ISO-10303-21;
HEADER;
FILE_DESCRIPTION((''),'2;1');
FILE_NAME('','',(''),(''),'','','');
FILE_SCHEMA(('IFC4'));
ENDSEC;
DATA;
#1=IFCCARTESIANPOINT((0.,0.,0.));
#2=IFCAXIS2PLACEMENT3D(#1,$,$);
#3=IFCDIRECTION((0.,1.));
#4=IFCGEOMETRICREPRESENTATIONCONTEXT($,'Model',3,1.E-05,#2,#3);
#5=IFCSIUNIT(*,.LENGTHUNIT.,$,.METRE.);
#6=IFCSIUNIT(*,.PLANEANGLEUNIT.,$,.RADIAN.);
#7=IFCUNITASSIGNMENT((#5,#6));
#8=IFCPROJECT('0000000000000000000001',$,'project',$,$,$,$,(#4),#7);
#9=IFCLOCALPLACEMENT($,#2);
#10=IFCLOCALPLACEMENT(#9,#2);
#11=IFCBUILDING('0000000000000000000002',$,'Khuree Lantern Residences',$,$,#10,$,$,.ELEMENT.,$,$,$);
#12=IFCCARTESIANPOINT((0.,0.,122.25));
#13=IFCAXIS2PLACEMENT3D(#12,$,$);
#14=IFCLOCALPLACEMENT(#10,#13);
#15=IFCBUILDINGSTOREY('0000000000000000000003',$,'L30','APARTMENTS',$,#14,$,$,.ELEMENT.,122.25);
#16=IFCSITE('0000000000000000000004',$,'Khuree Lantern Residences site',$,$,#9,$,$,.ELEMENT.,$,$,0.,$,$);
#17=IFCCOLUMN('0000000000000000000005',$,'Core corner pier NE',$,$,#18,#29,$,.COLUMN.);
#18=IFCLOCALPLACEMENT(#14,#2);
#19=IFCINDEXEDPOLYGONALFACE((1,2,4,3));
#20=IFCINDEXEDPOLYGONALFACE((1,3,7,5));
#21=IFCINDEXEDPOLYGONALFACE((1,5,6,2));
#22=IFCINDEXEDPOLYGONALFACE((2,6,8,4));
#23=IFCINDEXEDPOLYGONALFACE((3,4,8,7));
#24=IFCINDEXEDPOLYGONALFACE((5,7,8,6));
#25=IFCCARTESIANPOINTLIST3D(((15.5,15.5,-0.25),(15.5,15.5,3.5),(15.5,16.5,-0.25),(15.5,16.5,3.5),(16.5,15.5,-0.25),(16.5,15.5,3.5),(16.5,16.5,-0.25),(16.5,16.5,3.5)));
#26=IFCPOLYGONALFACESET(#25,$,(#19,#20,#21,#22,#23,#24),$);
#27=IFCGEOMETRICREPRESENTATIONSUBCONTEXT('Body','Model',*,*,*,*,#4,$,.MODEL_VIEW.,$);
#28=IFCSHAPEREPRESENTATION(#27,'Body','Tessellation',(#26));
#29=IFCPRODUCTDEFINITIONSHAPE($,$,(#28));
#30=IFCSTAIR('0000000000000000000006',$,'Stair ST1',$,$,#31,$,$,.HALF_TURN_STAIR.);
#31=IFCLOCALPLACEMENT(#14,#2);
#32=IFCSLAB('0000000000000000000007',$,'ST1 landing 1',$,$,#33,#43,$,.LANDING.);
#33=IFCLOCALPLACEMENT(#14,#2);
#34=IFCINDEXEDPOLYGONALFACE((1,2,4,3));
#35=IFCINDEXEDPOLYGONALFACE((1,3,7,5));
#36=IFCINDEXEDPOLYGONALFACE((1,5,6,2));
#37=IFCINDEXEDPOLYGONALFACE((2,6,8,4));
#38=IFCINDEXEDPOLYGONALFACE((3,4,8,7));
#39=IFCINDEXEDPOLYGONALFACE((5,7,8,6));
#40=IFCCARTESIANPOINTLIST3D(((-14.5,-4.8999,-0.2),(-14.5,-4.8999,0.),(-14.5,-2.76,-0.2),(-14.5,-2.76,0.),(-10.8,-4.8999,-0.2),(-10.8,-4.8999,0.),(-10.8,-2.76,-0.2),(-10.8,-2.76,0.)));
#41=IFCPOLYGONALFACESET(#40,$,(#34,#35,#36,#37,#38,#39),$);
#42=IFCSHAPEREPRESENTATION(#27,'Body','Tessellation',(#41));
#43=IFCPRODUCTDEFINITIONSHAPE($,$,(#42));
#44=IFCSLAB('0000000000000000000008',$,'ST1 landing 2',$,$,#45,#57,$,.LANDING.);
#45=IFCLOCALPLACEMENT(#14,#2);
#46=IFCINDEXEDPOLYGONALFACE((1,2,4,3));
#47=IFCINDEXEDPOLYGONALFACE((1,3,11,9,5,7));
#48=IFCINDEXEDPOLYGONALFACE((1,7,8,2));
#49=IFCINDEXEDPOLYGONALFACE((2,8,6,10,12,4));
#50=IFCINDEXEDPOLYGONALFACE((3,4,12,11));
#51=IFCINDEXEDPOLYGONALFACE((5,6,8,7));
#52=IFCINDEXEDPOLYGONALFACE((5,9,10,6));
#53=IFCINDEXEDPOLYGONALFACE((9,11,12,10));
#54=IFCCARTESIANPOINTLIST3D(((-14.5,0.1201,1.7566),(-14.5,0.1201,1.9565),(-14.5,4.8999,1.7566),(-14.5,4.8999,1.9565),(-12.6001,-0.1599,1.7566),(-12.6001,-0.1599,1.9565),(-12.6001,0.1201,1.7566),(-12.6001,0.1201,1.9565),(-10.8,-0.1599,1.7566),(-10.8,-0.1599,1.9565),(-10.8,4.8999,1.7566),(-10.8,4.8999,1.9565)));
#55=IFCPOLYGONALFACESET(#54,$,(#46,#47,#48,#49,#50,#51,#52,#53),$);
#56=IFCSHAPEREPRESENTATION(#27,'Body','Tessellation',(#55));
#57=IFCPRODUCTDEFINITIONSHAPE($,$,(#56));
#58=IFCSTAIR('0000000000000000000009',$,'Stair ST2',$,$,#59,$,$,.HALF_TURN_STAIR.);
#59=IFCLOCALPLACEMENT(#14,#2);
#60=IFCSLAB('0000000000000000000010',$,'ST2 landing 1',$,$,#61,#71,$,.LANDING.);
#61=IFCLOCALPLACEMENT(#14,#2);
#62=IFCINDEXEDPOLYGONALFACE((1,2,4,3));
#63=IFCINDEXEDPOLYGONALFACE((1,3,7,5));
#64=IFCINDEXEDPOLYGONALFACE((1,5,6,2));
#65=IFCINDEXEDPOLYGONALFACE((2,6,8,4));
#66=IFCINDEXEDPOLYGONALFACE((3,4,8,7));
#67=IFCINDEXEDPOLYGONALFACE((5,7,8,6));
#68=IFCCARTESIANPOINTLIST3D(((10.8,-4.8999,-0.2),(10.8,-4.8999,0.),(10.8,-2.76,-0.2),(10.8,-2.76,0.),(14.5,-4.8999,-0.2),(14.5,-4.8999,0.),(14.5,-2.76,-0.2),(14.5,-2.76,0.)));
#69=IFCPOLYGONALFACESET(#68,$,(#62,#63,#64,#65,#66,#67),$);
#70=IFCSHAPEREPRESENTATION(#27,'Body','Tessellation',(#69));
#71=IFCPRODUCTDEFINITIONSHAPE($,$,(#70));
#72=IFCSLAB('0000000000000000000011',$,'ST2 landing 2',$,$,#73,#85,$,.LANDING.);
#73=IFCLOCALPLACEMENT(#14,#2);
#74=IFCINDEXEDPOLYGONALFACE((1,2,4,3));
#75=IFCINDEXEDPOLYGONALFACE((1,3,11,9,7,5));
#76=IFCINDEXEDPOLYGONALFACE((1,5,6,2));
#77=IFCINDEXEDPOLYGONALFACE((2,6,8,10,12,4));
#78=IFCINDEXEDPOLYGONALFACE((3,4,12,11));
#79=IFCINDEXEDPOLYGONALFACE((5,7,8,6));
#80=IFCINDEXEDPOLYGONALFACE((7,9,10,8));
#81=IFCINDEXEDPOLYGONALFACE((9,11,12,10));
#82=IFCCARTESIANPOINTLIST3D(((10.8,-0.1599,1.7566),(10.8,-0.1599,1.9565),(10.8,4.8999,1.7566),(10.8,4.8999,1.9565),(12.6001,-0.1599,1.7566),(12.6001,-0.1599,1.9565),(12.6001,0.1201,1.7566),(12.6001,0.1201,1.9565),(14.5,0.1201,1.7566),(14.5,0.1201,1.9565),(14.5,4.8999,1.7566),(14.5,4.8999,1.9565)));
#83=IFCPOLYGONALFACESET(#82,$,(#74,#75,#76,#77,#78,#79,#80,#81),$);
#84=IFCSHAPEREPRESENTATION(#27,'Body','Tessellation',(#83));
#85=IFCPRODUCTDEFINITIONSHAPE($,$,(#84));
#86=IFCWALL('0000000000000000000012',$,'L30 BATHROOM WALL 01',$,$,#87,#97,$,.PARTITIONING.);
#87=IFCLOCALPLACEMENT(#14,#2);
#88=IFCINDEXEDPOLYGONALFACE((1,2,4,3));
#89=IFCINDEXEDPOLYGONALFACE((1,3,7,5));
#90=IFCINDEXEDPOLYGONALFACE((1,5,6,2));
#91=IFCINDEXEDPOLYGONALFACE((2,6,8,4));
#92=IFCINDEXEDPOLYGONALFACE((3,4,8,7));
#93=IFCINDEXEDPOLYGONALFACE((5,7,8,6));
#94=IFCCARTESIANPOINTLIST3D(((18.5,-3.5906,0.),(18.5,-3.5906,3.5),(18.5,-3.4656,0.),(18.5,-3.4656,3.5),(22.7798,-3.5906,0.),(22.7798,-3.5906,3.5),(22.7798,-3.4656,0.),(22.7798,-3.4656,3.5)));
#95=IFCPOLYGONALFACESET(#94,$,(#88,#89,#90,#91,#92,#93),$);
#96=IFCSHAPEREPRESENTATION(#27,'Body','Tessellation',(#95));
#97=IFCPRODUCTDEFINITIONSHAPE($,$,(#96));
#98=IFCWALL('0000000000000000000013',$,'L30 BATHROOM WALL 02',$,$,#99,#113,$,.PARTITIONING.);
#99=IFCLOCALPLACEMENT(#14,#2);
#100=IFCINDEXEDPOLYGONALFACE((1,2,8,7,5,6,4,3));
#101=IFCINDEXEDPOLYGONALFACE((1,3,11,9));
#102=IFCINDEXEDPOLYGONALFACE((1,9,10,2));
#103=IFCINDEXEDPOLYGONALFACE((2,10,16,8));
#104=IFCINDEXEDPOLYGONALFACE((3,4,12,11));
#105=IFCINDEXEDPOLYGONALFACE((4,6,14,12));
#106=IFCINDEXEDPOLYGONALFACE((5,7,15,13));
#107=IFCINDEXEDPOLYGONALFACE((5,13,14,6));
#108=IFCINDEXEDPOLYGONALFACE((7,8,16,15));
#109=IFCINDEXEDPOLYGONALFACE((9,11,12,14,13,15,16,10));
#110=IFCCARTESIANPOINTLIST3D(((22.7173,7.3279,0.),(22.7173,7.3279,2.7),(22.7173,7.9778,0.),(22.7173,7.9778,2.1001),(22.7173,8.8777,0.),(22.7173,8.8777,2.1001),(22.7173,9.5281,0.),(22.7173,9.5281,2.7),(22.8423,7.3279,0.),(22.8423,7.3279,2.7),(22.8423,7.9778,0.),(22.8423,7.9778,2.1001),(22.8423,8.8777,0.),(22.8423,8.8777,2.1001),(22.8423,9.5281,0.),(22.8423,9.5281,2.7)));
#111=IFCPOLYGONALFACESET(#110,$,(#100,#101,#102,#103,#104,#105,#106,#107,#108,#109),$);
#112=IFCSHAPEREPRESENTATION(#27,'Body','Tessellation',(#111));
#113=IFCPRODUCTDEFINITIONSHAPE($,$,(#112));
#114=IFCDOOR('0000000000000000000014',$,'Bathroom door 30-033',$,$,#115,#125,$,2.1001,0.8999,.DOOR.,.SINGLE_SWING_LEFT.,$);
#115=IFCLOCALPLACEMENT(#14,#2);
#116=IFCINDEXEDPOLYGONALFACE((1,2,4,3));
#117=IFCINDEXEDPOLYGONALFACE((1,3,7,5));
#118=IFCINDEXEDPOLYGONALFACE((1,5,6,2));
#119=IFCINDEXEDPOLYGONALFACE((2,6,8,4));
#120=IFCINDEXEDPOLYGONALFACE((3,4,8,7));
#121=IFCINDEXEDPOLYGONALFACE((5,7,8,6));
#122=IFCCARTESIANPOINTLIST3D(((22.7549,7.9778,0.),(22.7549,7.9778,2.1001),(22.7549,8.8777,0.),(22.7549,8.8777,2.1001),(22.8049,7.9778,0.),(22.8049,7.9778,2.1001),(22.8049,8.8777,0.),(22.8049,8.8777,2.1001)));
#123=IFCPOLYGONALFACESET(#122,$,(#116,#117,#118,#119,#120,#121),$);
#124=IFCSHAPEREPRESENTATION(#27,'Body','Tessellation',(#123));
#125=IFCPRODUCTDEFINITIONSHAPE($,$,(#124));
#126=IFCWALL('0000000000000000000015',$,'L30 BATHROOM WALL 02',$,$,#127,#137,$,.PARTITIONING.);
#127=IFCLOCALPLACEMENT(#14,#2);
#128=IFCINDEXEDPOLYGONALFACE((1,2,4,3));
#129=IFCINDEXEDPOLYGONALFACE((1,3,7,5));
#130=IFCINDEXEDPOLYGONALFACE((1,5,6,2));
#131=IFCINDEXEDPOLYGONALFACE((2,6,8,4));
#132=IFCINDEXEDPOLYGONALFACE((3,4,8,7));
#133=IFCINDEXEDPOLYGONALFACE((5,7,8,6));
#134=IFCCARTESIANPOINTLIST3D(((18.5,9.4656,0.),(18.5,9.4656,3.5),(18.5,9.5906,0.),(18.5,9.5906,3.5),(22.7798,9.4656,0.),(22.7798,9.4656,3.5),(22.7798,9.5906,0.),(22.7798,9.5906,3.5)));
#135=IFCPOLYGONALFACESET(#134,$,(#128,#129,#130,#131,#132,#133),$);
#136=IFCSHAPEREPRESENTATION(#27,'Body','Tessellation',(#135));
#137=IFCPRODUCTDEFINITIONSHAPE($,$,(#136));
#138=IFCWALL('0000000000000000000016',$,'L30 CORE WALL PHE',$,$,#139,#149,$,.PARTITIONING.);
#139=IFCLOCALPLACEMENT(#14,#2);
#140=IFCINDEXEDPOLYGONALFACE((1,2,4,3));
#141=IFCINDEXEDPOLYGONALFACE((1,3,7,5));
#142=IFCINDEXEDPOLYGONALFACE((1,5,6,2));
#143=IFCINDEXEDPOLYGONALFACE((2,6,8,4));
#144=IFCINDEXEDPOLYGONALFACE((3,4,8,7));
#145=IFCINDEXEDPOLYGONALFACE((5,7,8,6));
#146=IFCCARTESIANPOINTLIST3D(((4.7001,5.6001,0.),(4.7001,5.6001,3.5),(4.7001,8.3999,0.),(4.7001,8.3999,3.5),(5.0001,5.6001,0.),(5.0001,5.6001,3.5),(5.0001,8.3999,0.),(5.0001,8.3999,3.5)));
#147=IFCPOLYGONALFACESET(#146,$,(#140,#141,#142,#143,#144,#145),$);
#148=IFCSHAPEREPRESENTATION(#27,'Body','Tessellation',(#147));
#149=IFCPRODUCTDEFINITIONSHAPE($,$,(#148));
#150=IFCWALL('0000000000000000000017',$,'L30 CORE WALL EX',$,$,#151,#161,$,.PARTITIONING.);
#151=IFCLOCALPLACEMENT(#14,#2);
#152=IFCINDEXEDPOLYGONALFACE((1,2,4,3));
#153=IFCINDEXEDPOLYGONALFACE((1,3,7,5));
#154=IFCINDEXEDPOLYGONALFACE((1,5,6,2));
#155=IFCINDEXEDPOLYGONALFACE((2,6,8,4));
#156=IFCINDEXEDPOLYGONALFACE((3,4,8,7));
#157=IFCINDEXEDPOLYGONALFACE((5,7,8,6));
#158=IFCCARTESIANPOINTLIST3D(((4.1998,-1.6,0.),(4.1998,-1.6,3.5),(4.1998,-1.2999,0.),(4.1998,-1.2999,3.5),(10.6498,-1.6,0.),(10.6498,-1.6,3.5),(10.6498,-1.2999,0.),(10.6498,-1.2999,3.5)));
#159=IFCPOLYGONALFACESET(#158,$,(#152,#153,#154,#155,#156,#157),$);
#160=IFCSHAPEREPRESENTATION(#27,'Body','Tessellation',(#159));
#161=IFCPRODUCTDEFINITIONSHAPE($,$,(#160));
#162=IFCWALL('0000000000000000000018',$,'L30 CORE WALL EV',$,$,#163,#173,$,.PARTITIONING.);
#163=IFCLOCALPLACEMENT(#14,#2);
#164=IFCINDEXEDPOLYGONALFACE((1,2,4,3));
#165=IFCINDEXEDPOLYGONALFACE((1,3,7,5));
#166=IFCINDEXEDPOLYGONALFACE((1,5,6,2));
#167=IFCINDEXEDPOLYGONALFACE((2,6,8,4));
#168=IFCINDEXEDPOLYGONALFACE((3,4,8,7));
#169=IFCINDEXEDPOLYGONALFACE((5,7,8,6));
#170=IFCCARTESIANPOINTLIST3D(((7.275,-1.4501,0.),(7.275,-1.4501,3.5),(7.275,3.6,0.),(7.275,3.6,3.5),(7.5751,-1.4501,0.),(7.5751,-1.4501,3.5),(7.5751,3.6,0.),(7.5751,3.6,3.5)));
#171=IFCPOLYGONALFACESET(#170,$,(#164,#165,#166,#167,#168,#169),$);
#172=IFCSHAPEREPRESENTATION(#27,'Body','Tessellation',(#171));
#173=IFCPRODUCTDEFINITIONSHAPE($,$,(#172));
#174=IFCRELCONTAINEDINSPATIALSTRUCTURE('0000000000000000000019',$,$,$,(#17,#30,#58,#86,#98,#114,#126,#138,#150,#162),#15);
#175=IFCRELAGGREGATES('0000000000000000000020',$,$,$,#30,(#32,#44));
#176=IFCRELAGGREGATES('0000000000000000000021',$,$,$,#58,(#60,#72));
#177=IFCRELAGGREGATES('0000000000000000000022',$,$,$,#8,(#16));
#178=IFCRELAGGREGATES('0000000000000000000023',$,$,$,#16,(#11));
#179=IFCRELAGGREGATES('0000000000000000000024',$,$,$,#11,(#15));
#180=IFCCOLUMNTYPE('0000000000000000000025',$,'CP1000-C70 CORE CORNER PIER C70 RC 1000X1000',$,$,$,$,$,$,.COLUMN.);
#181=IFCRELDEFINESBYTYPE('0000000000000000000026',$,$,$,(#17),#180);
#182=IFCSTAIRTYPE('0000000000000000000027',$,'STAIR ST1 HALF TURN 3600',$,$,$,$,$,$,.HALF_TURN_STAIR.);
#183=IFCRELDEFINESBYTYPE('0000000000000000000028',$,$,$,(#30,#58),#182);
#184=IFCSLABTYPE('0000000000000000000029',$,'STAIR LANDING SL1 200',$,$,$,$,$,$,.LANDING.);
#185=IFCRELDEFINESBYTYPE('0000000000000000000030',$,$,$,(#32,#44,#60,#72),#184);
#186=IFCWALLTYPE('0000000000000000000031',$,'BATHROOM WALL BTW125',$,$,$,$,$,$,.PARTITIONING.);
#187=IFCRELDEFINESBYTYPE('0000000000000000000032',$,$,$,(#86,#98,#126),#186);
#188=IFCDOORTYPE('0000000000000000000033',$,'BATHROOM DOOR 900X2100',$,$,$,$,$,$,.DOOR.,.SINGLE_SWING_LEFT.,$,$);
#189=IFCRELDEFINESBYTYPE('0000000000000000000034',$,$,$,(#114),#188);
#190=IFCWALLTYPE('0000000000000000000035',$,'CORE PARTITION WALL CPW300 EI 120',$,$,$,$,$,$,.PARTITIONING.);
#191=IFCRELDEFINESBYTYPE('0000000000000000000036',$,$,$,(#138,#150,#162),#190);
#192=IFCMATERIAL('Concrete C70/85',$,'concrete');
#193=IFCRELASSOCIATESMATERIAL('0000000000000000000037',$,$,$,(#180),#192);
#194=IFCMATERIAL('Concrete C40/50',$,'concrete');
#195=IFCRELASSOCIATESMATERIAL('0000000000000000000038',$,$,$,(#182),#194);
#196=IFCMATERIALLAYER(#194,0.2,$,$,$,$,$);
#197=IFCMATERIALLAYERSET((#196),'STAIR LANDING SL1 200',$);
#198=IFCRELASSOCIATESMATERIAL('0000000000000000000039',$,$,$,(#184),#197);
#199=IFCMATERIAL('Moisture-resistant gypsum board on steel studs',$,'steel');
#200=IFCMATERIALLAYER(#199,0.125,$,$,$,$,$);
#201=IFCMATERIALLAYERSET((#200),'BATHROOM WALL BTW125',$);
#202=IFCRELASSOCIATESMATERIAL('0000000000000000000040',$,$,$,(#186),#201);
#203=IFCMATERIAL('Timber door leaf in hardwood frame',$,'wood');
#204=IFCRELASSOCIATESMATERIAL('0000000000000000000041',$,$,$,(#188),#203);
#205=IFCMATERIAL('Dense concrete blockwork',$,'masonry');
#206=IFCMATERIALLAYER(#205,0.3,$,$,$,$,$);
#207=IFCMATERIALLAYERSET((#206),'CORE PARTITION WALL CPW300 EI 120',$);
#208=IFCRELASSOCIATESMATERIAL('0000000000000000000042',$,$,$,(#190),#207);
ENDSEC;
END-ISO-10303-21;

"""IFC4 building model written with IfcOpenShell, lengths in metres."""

from ifc_helpers import new_model, si_unit, direction, frame, frame_2d, origin, origin_2d, place, context, subcontext, project, spatial, polyline, rectangle, outline, extrude, material, layer, layer_set, material_profile, profile_set, type_object, element, fill, aggregate, save


model = new_model("IFC4")

# Units and contexts
model_context = context("Model", 3, precision=1e-05, world=origin(), true_north=direction((0.0, 1.0)))
body_context = subcontext(model_context, "Body", "Model", "MODEL_VIEW")
ifc_project = project(units=[si_unit("LENGTHUNIT", "METRE"), si_unit("PLANEANGLEUNIT", "RADIAN")], contexts=[model_context])

# Site, building, storey
site_placement = place(None, origin())
site = spatial("IfcSite", under=ifc_project, at=site_placement, Name="Khuree Lantern Residences site", CompositionType="ELEMENT", RefElevation=0.0)
building_placement = place(site_placement, origin())
building = spatial("IfcBuilding", under=site, at=building_placement, Name="Khuree Lantern Residences", CompositionType="ELEMENT")
storey_placement = place(building_placement, frame((0.0, 0.0, 122.25)))
storey = spatial("IfcBuildingStorey", under=building, at=storey_placement, Name="L30", Description="APARTMENTS", CompositionType="ELEMENT", Elevation=122.25)

# Column
ifc_material_1 = material(Name="Concrete C70/85", Category="concrete")
ifc_material_profile = material_profile(ifc_material_1, rectangle(XDim=1.0, YDim=1.0, at=origin_2d()), Name="RC 1000X1000")
ifc_profile_set = profile_set([ifc_material_profile], Name="Concrete C70/85")
column_type = type_object("IfcColumnType", Name="CP1000-C70 CORE CORNER PIER C70 RC 1000X1000", PredefinedType="COLUMN", material=ifc_profile_set)
column_placement = place(storey_placement, frame((16.0, 16.0, -0.25), z_axis=(0.0, 0.0, 1.0), x_axis=(1.0, 0.0, 0.0)))
element("IfcColumn", 1, at=column_placement, inside=storey, type_object=column_type, Name="Core corner pier NE", PredefinedType="COLUMN", context=body_context, shape_type="SweptSolid", body=[
    extrude(rectangle(XDim=1.0, YDim=1.0, at=origin_2d()), origin(), (0.0, 0.0, 1.0), 3.75),
])

# Stairs, slabs
ifc_material_2 = material(Name="Concrete C40/50", Category="concrete")
stair_type = type_object("IfcStairType", Name="STAIR ST1 HALF TURN 3600", PredefinedType="HALF_TURN_STAIR", material=ifc_material_2)
stair_1_placement = place(storey_placement, origin())
stair_1 = element("IfcStair", 2, at=stair_1_placement, inside=storey, type_object=stair_type, Name="Stair ST1", PredefinedType="HALF_TURN_STAIR")
ifc_layer_1 = layer(ifc_material_2, 0.2)
ifc_layer_set_1 = layer_set([ifc_layer_1], Name="STAIR LANDING SL1 200")
slab_type = type_object("IfcSlabType", Name="STAIR LANDING SL1 200", PredefinedType="LANDING", material=ifc_layer_set_1)
slab_1_placement = place(storey_placement, frame((0.0, 0.0, -0.2)))
slab_1 = element("IfcSlab", 3, at=slab_1_placement, type_object=slab_type, Name="ST1 landing 1", PredefinedType="LANDING", context=body_context, shape_type="SweptSolid", body=[
    extrude(outline(polyline([(-14.5, -4.8999), (-10.8, -4.8999), (-10.8, -2.76), (-14.5, -2.76), (-14.5, -4.8999)])), origin(), (0.0, 0.0, 1.0), 0.2),
])
slab_2_placement = place(storey_placement, frame((0.0, 0.0, 1.7566)))
slab_2 = element("IfcSlab", 4, at=slab_2_placement, type_object=slab_type, Name="ST1 landing 2", PredefinedType="LANDING", context=body_context, shape_type="SweptSolid", body=[
    extrude(outline(polyline([(-14.5, 0.1201), (-14.5, 4.8999), (-10.8, 4.8999), (-10.8, -0.1599), (-12.6001, -0.1599), (-12.6001, 0.1201), (-14.5, 0.1201)])), origin(), (0.0, 0.0, 1.0), 0.2),
])
aggregate(stair_1, [slab_1, slab_2])
stair_2_placement = place(storey_placement, origin())
stair_2 = element("IfcStair", 5, at=stair_2_placement, inside=storey, type_object=stair_type, Name="Stair ST2", PredefinedType="HALF_TURN_STAIR")
slab_3_placement = place(storey_placement, frame((0.0, 0.0, -0.2)))
slab_3 = element("IfcSlab", 6, at=slab_3_placement, type_object=slab_type, Name="ST2 landing 1", PredefinedType="LANDING", context=body_context, shape_type="SweptSolid", body=[
    extrude(outline(polyline([(10.8, -4.8999), (14.5, -4.8999), (14.5, -2.76), (10.8, -2.76), (10.8, -4.8999)])), origin(), (0.0, 0.0, 1.0), 0.2),
])
slab_4_placement = place(storey_placement, frame((0.0, 0.0, 1.7566)))
slab_4 = element("IfcSlab", 7, at=slab_4_placement, type_object=slab_type, Name="ST2 landing 2", PredefinedType="LANDING", context=body_context, shape_type="SweptSolid", body=[
    extrude(outline(polyline([(14.5, 4.8999), (14.5, 0.1201), (12.6001, 0.1201), (12.6001, -0.1599), (10.8, -0.1599), (10.8, 4.8999), (14.5, 4.8999)])), origin(), (0.0, 0.0, 1.0), 0.2),
])

# Wall
ifc_material_3 = material(Name="Moisture-resistant gypsum board on steel studs", Category="steel")
ifc_layer_2 = layer(ifc_material_3, 0.125)
ifc_layer_set_2 = layer_set([ifc_layer_2], Name="BATHROOM WALL BTW125")
wall_type_1 = type_object("IfcWallType", Name="BATHROOM WALL BTW125", PredefinedType="PARTITIONING", material=ifc_layer_set_2)
wall_1_placement = place(storey_placement, frame((18.5, -3.5281, 0.0), z_axis=(0.0, 0.0, 1.0), x_axis=(1.0, 0.0, 0.0)))
element("IfcWall", 8, at=wall_1_placement, inside=storey, type_object=wall_type_1, Name="L30 BATHROOM WALL 01", PredefinedType="PARTITIONING", context=body_context, shape_type="SweptSolid", body=[
    extrude(rectangle(XDim=4.2798, YDim=0.125, at=frame_2d((2.1399, 0.0))), origin(), (0.0, 0.0, 1.0), 3.5),
])

# Wall, opening, door
wall_2_placement = place(storey_placement, frame((22.7798, 7.3279, 0.0), z_axis=(0.0, 0.0, 1.0), x_axis=(0.0, 1.0, 0.0)))
wall_2 = element("IfcWall", 9, at=wall_2_placement, inside=storey, type_object=wall_type_1, Name="L30 BATHROOM WALL 02", PredefinedType="PARTITIONING", context=body_context, shape_type="SweptSolid", body=[
    extrude(rectangle(XDim=2.2002, YDim=0.125, at=frame_2d((1.1001, 0.0))), origin(), (0.0, 0.0, 1.0), 2.7),
])
opening_1_placement = place(wall_2_placement, frame((0.6499, 0.0, 0.0)))
opening_1 = element("IfcOpeningElement", 10, at=opening_1_placement, cuts=wall_2, PredefinedType="OPENING", context=body_context, shape_type="SweptSolid", body=[
    extrude(rectangle(XDim=0.8999, YDim=2.1001, at=frame_2d((0.45, 1.05))), frame((0.0, 0.0725, 0.0), z_axis=(0.0, -1.0, 0.0), x_axis=(1.0, 0.0, 0.0)), (0.0, 0.0, 1.0), 0.145),
])
ifc_material_4 = material(Name="Timber door leaf in hardwood frame", Category="wood")
door_type_1 = type_object("IfcDoorType", Name="BATHROOM DOOR 900X2100", OperationType="SINGLE_SWING_LEFT", PredefinedType="DOOR", material=ifc_material_4)
door_1_placement = place(opening_1_placement, origin())
door_1 = element("IfcDoor", 11, at=door_1_placement, inside=storey, type_object=door_type_1, Name="Bathroom door 30-033", OperationType="SINGLE_SWING_LEFT", OverallHeight=2.1001, OverallWidth=0.8999, PredefinedType="DOOR", context=body_context, shape_type="SweptSolid", body=[
    extrude(rectangle(XDim=0.8999, YDim=2.1001, at=frame_2d((0.45, 1.05))), frame((0.0, 0.0249, 0.0), z_axis=(0.0, -1.0, 0.0), x_axis=(1.0, 0.0, 0.0)), (0.0, 0.0, 1.0), 0.05),
])
fill(opening_1, door_1)

# Walls
wall_3_placement = place(storey_placement, frame((18.5, 9.5281, 0.0), z_axis=(0.0, 0.0, 1.0), x_axis=(1.0, 0.0, 0.0)))
element("IfcWall", 12, at=wall_3_placement, inside=storey, type_object=wall_type_1, Name="L30 BATHROOM WALL 02", PredefinedType="PARTITIONING", context=body_context, shape_type="SweptSolid", body=[
    extrude(rectangle(XDim=4.2798, YDim=0.125, at=frame_2d((2.1399, 0.0))), origin(), (0.0, 0.0, 1.0), 3.5),
])
ifc_material_5 = material(Name="Dense concrete blockwork", Category="masonry")
ifc_layer_3 = layer(ifc_material_5, 0.3)
ifc_layer_set_3 = layer_set([ifc_layer_3], Name="CORE PARTITION WALL CPW300 EI 120")
wall_type_2 = type_object("IfcWallType", Name="CORE PARTITION WALL CPW300 EI 120", PredefinedType="PARTITIONING", material=ifc_layer_set_3)
wall_4_placement = place(storey_placement, frame((4.8501, 5.6001, 0.0), z_axis=(0.0, 0.0, 1.0), x_axis=(0.0, 1.0, 0.0)))
element("IfcWall", 13, at=wall_4_placement, inside=storey, type_object=wall_type_2, Name="L30 CORE WALL PHE", PredefinedType="PARTITIONING", context=body_context, shape_type="SweptSolid", body=[
    extrude(rectangle(XDim=2.7998, YDim=0.3, at=frame_2d((1.3999, 0.0))), origin(), (0.0, 0.0, 1.0), 3.5),
])
wall_5_placement = place(storey_placement, frame((10.6499, -1.45, 0.0), z_axis=(0.0, 0.0, 1.0), x_axis=(-1.0, 0.0, 0.0)))
element("IfcWall", 14, at=wall_5_placement, inside=storey, type_object=wall_type_2, Name="L30 CORE WALL EX", PredefinedType="PARTITIONING", context=body_context, shape_type="SweptSolid", body=[
    extrude(rectangle(XDim=6.45, YDim=0.3, at=frame_2d((3.2251, 0.0))), origin(), (0.0, 0.0, 1.0), 3.5),
])
wall_6_placement = place(storey_placement, frame((7.425, -1.45, 0.0), z_axis=(0.0, 0.0, 1.0), x_axis=(0.0, 1.0, 0.0)))
element("IfcWall", 15, at=wall_6_placement, inside=storey, type_object=wall_type_2, Name="L30 CORE WALL EV", PredefinedType="PARTITIONING", context=body_context, shape_type="SweptSolid", body=[
    extrude(rectangle(XDim=5.05, YDim=0.3, at=frame_2d((2.5249, 0.0))), origin(), (0.0, 0.0, 1.0), 3.5),
])

aggregate(stair_2, [slab_3, slab_4])

save(model, "model.ifc")
